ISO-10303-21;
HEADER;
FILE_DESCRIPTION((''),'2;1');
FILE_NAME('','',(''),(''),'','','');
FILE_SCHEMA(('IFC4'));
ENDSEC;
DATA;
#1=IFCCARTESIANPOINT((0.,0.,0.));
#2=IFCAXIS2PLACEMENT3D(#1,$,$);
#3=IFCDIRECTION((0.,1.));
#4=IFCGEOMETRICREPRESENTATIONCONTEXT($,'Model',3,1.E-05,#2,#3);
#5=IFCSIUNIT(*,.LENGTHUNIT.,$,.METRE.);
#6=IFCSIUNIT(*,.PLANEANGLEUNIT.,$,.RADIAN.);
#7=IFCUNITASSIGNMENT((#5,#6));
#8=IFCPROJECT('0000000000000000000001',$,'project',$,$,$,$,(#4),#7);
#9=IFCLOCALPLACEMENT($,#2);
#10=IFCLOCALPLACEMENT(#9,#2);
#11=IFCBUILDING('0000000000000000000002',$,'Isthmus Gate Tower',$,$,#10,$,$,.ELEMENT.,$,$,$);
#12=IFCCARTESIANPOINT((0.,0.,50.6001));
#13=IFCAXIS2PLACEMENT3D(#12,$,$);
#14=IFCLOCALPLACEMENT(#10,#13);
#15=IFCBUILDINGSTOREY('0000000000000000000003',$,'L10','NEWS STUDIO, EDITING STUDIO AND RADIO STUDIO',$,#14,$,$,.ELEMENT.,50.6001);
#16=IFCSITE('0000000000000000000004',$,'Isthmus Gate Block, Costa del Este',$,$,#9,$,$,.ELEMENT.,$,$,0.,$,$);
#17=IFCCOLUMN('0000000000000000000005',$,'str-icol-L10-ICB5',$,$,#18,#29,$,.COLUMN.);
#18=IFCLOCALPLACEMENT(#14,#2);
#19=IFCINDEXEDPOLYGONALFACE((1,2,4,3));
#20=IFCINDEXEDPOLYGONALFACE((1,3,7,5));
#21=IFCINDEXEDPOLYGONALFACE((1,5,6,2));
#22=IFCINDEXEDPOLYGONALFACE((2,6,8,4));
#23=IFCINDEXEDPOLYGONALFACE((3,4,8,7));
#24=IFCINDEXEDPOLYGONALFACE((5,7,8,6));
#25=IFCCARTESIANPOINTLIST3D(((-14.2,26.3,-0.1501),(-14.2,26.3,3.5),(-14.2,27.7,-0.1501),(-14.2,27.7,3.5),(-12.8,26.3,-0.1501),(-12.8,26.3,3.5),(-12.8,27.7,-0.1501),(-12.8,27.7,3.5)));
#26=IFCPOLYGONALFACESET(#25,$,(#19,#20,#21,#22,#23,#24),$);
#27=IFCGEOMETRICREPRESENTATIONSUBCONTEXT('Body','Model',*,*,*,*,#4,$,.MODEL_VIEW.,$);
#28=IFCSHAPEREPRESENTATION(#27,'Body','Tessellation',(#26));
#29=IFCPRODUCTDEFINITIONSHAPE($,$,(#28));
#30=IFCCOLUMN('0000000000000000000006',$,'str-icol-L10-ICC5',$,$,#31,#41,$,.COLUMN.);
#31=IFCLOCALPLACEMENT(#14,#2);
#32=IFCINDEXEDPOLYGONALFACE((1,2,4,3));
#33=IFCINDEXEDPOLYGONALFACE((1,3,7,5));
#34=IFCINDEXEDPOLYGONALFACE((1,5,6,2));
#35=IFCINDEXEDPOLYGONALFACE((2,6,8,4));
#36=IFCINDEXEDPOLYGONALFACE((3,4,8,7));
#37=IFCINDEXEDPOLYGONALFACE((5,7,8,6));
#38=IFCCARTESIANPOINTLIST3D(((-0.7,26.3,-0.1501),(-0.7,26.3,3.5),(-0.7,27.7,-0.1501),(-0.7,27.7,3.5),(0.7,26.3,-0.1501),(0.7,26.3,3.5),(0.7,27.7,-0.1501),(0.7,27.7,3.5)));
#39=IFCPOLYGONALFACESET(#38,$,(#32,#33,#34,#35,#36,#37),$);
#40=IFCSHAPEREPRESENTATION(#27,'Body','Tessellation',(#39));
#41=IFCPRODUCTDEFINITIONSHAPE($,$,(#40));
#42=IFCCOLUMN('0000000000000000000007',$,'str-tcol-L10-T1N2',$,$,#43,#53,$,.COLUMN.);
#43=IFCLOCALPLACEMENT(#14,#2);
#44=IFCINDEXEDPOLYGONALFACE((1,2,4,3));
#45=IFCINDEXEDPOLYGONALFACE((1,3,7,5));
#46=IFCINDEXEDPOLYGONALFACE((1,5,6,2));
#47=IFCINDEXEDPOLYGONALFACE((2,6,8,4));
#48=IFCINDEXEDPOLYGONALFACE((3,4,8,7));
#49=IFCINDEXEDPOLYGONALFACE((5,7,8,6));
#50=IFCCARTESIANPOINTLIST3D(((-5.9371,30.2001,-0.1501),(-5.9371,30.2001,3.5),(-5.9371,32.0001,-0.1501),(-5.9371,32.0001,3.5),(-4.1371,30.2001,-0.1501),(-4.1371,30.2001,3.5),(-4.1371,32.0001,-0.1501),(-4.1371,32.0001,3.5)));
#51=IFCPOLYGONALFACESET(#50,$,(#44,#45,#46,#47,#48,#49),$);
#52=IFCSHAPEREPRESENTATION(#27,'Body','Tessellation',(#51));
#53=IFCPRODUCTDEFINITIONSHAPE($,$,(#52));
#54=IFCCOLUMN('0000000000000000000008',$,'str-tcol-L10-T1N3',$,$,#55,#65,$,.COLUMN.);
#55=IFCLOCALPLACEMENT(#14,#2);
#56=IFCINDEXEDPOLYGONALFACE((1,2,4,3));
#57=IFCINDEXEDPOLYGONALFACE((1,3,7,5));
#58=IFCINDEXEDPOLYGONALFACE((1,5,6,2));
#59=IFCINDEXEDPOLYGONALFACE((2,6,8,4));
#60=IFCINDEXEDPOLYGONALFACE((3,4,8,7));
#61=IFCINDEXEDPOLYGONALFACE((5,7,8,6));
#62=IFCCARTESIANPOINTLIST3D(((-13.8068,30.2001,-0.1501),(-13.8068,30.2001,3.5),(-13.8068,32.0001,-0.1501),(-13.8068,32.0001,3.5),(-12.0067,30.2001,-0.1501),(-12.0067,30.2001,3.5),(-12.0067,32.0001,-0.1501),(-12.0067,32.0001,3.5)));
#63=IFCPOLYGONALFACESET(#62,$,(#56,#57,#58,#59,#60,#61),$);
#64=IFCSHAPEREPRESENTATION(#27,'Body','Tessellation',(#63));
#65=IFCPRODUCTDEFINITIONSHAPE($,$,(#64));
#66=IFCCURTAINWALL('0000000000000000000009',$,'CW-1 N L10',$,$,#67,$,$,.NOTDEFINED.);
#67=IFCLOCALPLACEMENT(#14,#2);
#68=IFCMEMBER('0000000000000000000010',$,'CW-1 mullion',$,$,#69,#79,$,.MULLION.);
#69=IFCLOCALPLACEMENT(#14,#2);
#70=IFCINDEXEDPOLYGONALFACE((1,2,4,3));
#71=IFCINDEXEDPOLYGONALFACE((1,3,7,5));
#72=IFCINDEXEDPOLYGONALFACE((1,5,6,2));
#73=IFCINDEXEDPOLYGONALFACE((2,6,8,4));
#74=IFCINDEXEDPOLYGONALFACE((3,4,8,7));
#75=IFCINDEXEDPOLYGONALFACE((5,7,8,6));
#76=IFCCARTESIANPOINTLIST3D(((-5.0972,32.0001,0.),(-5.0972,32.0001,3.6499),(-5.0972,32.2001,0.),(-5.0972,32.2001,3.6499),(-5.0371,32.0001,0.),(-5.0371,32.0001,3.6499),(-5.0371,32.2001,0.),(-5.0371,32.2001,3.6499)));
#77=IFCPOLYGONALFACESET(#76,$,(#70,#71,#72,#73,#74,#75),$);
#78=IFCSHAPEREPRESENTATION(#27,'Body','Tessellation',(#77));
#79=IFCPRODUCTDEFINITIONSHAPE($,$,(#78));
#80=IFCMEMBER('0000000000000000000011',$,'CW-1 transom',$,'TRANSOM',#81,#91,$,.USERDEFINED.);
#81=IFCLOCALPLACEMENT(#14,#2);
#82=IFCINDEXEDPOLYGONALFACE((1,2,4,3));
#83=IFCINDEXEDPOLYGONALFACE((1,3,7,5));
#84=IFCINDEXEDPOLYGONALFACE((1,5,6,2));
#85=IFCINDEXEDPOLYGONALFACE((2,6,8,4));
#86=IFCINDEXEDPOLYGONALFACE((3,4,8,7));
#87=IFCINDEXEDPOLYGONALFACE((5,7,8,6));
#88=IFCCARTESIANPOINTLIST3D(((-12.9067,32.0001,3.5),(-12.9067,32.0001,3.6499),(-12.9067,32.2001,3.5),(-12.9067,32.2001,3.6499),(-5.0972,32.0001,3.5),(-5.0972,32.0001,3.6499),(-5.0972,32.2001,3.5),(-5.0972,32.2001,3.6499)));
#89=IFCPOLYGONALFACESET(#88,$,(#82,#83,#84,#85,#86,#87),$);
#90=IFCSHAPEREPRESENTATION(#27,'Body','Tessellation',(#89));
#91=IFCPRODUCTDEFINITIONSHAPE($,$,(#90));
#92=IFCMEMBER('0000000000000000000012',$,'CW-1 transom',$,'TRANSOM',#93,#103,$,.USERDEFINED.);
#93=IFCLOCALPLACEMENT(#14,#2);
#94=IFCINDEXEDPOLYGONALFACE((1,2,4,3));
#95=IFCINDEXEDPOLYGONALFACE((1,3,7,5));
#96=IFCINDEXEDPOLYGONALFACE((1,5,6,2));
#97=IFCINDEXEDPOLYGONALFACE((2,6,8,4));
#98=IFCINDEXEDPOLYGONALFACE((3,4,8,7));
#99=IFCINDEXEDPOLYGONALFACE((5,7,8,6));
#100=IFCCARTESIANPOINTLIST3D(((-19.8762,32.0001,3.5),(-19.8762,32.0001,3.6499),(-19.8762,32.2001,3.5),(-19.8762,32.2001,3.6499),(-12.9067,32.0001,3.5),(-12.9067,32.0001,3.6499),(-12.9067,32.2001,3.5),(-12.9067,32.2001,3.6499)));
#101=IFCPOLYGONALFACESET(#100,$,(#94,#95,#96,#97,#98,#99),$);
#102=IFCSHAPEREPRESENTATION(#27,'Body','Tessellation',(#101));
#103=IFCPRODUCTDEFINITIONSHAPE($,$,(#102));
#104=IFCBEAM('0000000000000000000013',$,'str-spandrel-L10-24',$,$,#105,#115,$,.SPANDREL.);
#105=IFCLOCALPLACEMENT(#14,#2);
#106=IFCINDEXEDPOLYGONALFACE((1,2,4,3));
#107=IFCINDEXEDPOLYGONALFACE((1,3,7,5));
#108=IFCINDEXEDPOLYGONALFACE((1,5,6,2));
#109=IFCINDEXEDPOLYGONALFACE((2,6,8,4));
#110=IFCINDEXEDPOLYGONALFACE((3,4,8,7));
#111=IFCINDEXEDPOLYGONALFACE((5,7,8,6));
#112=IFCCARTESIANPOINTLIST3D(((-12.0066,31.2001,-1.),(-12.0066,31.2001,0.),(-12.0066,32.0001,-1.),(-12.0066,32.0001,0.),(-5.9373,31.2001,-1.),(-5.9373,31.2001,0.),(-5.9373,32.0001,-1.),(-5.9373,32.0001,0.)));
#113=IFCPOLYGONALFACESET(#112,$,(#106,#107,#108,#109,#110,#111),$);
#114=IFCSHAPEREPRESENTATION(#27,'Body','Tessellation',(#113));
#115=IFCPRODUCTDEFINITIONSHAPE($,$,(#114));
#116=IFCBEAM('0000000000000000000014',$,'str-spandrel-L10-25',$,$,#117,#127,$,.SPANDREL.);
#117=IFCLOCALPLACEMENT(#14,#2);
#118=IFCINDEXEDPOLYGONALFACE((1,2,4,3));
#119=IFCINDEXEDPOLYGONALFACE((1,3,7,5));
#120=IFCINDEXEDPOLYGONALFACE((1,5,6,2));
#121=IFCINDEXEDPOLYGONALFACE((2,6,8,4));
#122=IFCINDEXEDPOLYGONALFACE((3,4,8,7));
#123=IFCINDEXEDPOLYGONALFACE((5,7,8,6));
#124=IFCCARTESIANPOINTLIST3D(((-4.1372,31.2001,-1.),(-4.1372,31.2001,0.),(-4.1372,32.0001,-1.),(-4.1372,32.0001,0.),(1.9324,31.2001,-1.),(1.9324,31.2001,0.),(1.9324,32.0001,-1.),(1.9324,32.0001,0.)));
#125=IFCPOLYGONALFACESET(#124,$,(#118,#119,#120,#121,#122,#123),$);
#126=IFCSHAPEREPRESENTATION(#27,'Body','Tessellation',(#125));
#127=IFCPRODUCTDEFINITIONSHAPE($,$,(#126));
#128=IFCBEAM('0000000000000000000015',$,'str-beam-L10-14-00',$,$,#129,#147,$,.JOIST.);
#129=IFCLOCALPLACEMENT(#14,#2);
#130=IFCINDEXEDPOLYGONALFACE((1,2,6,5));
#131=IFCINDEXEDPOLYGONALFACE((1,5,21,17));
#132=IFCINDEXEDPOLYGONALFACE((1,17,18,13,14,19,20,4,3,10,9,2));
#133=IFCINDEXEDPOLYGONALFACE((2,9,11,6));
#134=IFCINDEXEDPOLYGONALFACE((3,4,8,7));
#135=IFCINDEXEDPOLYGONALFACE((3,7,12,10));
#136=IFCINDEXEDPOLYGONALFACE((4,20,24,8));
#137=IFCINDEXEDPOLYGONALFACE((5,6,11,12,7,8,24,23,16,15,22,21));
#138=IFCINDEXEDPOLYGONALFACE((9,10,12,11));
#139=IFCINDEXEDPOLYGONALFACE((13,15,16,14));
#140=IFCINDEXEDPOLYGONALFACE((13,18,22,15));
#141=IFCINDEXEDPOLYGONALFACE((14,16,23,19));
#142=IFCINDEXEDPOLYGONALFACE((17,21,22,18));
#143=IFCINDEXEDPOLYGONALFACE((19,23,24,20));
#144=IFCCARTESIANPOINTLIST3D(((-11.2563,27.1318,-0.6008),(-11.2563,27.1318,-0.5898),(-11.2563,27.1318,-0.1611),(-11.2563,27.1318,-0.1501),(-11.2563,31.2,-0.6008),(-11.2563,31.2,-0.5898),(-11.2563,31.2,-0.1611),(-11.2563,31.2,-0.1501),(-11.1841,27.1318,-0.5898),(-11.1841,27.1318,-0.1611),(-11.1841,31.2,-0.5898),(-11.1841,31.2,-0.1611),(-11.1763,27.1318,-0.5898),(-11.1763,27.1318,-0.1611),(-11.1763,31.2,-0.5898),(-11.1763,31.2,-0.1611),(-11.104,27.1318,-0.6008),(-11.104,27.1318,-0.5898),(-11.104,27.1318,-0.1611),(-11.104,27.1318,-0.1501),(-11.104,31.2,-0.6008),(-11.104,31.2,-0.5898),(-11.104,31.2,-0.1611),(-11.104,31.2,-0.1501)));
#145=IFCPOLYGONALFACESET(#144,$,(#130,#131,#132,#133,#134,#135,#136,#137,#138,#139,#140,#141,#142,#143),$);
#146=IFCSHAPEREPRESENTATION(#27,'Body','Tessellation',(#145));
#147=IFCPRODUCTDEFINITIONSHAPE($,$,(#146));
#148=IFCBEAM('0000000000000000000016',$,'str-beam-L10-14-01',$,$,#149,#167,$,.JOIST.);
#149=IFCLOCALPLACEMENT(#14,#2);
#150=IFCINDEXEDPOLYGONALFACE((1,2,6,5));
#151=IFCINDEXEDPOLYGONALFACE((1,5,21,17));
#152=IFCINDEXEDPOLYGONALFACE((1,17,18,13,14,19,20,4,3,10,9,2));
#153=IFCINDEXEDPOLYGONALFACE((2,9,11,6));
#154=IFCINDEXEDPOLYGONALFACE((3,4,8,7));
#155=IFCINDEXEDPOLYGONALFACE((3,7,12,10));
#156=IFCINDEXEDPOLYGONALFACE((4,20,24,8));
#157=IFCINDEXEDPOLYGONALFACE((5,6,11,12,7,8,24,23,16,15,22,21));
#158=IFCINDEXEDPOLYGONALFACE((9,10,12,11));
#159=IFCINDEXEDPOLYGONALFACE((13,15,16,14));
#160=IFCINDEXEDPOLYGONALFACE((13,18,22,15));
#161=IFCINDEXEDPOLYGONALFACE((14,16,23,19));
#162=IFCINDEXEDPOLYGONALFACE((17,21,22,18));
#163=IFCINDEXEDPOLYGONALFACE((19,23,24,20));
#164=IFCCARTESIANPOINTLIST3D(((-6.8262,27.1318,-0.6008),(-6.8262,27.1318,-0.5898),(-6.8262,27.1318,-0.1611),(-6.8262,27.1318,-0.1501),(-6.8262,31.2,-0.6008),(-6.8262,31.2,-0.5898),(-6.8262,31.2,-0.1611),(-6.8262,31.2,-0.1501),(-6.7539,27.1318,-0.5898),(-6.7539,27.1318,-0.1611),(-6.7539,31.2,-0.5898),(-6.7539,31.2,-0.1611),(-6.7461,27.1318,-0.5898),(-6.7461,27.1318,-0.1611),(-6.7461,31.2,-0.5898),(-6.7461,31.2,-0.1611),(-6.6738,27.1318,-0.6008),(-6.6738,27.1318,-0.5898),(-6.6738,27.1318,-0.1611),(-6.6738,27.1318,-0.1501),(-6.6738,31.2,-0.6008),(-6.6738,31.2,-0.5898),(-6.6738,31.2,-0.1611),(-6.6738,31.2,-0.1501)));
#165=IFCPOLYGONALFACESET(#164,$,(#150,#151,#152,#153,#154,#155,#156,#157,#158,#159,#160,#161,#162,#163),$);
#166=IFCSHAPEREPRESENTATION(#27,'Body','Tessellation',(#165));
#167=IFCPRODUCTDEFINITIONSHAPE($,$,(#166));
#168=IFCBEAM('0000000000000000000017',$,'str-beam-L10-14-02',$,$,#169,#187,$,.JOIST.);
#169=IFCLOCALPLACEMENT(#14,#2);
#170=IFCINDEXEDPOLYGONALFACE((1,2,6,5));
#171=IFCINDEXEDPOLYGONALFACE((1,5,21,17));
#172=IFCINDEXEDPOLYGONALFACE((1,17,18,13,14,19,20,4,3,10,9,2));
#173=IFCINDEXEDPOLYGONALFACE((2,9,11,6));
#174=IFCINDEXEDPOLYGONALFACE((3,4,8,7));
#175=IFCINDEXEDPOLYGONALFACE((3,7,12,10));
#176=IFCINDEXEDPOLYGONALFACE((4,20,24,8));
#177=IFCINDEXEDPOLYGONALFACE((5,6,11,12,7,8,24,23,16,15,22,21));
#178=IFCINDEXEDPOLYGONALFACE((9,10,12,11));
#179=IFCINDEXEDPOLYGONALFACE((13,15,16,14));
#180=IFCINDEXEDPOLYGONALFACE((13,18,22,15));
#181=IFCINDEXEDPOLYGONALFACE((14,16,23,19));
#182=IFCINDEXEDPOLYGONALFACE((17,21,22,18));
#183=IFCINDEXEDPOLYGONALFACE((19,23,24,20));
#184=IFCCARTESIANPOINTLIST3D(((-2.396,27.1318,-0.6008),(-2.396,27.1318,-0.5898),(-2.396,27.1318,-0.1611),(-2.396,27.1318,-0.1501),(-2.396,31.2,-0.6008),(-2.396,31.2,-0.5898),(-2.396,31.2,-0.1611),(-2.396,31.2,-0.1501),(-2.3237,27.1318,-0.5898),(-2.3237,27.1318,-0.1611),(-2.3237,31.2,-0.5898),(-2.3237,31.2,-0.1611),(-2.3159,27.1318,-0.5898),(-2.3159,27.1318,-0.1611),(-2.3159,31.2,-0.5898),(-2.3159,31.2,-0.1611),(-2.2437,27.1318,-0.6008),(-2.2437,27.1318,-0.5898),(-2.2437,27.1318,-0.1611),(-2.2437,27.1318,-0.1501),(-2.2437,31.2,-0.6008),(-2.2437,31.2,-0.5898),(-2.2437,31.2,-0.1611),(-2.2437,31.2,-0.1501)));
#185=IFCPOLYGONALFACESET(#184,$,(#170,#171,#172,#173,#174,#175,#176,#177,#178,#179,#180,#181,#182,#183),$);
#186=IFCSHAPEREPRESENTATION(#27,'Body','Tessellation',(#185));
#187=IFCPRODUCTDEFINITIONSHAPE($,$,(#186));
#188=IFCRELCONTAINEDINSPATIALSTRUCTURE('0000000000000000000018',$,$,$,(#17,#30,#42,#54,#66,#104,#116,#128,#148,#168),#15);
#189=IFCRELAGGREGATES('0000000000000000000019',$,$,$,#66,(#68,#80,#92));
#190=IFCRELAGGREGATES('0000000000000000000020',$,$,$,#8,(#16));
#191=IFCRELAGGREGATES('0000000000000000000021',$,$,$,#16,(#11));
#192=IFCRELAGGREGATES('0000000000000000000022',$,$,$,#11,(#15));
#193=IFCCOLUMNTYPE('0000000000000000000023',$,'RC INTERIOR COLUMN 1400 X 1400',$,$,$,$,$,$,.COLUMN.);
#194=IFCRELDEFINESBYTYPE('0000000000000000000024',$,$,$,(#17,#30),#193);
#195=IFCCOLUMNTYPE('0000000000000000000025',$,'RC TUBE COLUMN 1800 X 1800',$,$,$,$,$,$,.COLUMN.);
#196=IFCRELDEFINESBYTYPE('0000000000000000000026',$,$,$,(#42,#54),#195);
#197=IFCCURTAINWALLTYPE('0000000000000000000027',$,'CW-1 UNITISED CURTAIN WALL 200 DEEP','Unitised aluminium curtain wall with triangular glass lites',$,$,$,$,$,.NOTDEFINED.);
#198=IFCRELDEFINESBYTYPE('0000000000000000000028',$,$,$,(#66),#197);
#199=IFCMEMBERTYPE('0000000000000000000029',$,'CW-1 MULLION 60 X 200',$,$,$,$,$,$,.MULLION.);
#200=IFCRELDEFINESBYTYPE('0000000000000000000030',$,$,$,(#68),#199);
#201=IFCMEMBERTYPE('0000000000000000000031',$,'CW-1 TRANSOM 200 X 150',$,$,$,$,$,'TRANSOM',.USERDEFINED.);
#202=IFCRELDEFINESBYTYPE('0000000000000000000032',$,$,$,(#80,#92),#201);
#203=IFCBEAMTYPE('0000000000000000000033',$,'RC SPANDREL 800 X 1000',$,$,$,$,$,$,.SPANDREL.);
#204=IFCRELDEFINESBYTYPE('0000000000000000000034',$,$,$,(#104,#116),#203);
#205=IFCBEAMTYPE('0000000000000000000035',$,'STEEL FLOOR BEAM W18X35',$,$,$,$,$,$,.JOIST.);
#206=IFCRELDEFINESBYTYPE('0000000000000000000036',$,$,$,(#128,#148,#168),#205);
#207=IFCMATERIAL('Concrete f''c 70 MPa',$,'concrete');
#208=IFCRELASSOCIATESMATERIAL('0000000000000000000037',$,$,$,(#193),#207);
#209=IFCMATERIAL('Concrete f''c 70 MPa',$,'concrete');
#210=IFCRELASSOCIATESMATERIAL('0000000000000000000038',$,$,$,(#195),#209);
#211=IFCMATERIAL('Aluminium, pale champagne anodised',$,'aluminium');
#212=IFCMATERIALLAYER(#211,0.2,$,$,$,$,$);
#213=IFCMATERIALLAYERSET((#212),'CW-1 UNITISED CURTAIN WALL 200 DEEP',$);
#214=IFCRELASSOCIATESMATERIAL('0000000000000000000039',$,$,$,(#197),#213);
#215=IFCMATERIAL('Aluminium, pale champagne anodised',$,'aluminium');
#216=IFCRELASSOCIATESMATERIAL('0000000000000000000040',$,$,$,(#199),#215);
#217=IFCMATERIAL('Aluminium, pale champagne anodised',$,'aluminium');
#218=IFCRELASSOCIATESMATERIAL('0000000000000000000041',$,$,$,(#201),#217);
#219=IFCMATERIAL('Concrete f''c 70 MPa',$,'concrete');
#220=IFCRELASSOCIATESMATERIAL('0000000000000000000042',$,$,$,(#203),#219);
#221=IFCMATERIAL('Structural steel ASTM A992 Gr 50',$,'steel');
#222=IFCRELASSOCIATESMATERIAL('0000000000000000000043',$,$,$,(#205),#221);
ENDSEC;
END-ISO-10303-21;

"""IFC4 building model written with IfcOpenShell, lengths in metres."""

from ifc_helpers import new_model, si_unit, direction, frame, origin, origin_2d, place, context, subcontext, project, spatial, rectangle, i_section, extrude, material, layer, layer_set, material_profile, profile_set, type_object, element, aggregate, save


model = new_model("IFC4")

# Units and contexts
model_context = context("Model", 3, precision=1e-05, world=origin(), true_north=direction((0.0, 1.0)))
body_context = subcontext(model_context, "Body", "Model", "MODEL_VIEW")
ifc_project = project(units=[si_unit("LENGTHUNIT", "METRE"), si_unit("PLANEANGLEUNIT", "RADIAN")], contexts=[model_context])

# Site, building, storey
site_placement = place(None, origin())
site = spatial("IfcSite", under=ifc_project, at=site_placement, Name="Isthmus Gate Block, Costa del Este", CompositionType="ELEMENT", RefElevation=0.0)
building_placement = place(site_placement, origin())
building = spatial("IfcBuilding", under=site, at=building_placement, Name="Isthmus Gate Tower", CompositionType="ELEMENT")
storey_placement = place(building_placement, frame((0.0, 0.0, 50.6001)))
storey = spatial("IfcBuildingStorey", under=building, at=storey_placement, Name="L10", Description="NEWS STUDIO, EDITING STUDIO AND RADIO STUDIO", CompositionType="ELEMENT", Elevation=50.6001)

# Columns
ifc_material_1 = material(Name="Concrete f'c 70 MPa", Category="concrete")
ifc_material_profile_1 = material_profile(ifc_material_1, rectangle(XDim=1.3999, YDim=1.3999, at=origin_2d()), Name="RC 1400X1400")
ifc_profile_set_1 = profile_set([ifc_material_profile_1], Name="Concrete f'c 70 MPa")
column_type_1 = type_object("IfcColumnType", Name="RC INTERIOR COLUMN 1400 X 1400", PredefinedType="COLUMN", material=ifc_profile_set_1)
for number, where, z_axis, x_axis, name in (
    (1, (-13.5, 27.0, -0.1501), (0.0, 0.0, 1.0), (1.0, 0.0, 0.0), "str-icol-L10-ICB5"),
    (2, (0.0, 27.0, -0.1501), (0.0, 0.0, 1.0), (1.0, 0.0, 0.0), "str-icol-L10-ICC5"),
):
    element("IfcColumn", number, at=place(storey_placement, frame(where, z_axis=z_axis, x_axis=x_axis)), inside=storey, type_object=column_type_1, Name=name, PredefinedType="COLUMN", context=body_context, shape_type="SweptSolid", body=[
        extrude(rectangle(XDim=1.3999, YDim=1.3999, at=origin_2d()), origin(), (0.0, 0.0, 1.0), 3.6501),
    ])
ifc_material_2 = material(Name="Concrete f'c 70 MPa", Category="concrete")
ifc_material_profile_2 = material_profile(ifc_material_2, rectangle(XDim=1.8, YDim=1.8, at=origin_2d()), Name="RC 1800X1800")
ifc_profile_set_2 = profile_set([ifc_material_profile_2], Name="Concrete f'c 70 MPa")
column_type_2 = type_object("IfcColumnType", Name="RC TUBE COLUMN 1800 X 1800", PredefinedType="COLUMN", material=ifc_profile_set_2)
for number, where, z_axis, x_axis, name in (
    (3, (-5.0371, 31.1001, -0.1501), (0.0, 0.0, 1.0), (-1.0, 0.0, 0.0), "str-tcol-L10-T1N2"),
    (4, (-12.9067, 31.1001, -0.1501), (0.0, 0.0, 1.0), (-1.0, 0.0, 0.0), "str-tcol-L10-T1N3"),
):
    element("IfcColumn", number, at=place(storey_placement, frame(where, z_axis=z_axis, x_axis=x_axis)), inside=storey, type_object=column_type_2, Name=name, PredefinedType="COLUMN", context=body_context, shape_type="SweptSolid", body=[
        extrude(rectangle(XDim=1.8, YDim=1.8, at=origin_2d()), origin(), (0.0, 0.0, 1.0), 3.6501),
    ])

# Curtain wall, members
ifc_material_3 = material(Name="Aluminium, pale champagne anodised", Category="aluminium")
ifc_layer_1 = layer(ifc_material_3, 0.2)
ifc_layer_set_1 = layer_set([ifc_layer_1], Name="CW-1 UNITISED CURTAIN WALL 200 DEEP")
curtain_wall_type = type_object("IfcCurtainWallType", Name="CW-1 UNITISED CURTAIN WALL 200 DEEP", Description="Unitised aluminium curtain wall with triangular glass lites", PredefinedType="NOTDEFINED", material=ifc_layer_set_1)
curtain_wall_placement = place(storey_placement, origin())
curtain_wall = element("IfcCurtainWall", 5, at=curtain_wall_placement, inside=storey, type_object=curtain_wall_type, Name="CW-1 N L10", PredefinedType="NOTDEFINED")
ifc_material_4 = material(Name="Aluminium, pale champagne anodised", Category="aluminium")
ifc_material_profile_3 = material_profile(ifc_material_4, rectangle(XDim=0.0601, YDim=0.2, at=origin_2d()), Name="60x200")
ifc_profile_set_3 = profile_set([ifc_material_profile_3], Name="Aluminium, pale champagne anodised")
member_type_1 = type_object("IfcMemberType", Name="CW-1 MULLION 60 X 200", PredefinedType="MULLION", material=ifc_profile_set_3)
member_1_placement = place(storey_placement, frame((-5.0671, 32.1001, 0.0), z_axis=(0.0, 0.0, 1.0), x_axis=(-1.0, 0.0, 0.0)))
member_1 = element("IfcMember", 6, at=member_1_placement, type_object=member_type_1, Name="CW-1 mullion", PredefinedType="MULLION", context=body_context, shape_type="SweptSolid", body=[
    extrude(rectangle(XDim=0.0601, YDim=0.2, at=origin_2d()), origin(), (0.0, 0.0, 1.0), 3.6499),
])
ifc_material_5 = material(Name="Aluminium, pale champagne anodised", Category="aluminium")
ifc_material_profile_4 = material_profile(ifc_material_5, rectangle(XDim=0.2, YDim=0.1499, at=origin_2d()), Name="200x150")
ifc_profile_set_4 = profile_set([ifc_material_profile_4], Name="Aluminium, pale champagne anodised")
member_type_2 = type_object("IfcMemberType", Name="CW-1 TRANSOM 200 X 150", ElementType="TRANSOM", PredefinedType="USERDEFINED", material=ifc_profile_set_4)
member_2_placement = place(storey_placement, frame((-5.0972, 32.1001, 3.575), z_axis=(-1.0, 0.0, 0.0), x_axis=(0.0, -1.0, 0.0)))
member_2 = element("IfcMember", 7, at=member_2_placement, type_object=member_type_2, Name="CW-1 transom", ObjectType="TRANSOM", PredefinedType="USERDEFINED", context=body_context, shape_type="SweptSolid", body=[
    extrude(rectangle(XDim=0.2, YDim=0.1499, at=origin_2d()), origin(), (0.0, 0.0, 1.0), 7.8096),
])
member_3_placement = place(storey_placement, frame((-12.9067, 32.1001, 3.575), z_axis=(-1.0, 0.0, 0.0), x_axis=(0.0, -1.0, 0.0)))
member_3 = element("IfcMember", 8, at=member_3_placement, type_object=member_type_2, Name="CW-1 transom", ObjectType="TRANSOM", PredefinedType="USERDEFINED", context=body_context, shape_type="SweptSolid", body=[
    extrude(rectangle(XDim=0.2, YDim=0.1499, at=origin_2d()), origin(), (0.0, 0.0, 1.0), 6.9695),
])

# Beams
ifc_material_6 = material(Name="Concrete f'c 70 MPa", Category="concrete")
ifc_material_profile_5 = material_profile(ifc_material_6, rectangle(XDim=0.8, YDim=1.0, at=origin_2d()), Name="RC 800X1000")
ifc_profile_set_5 = profile_set([ifc_material_profile_5], Name="Concrete f'c 70 MPa")
beam_type_1 = type_object("IfcBeamType", Name="RC SPANDREL 800 X 1000", PredefinedType="SPANDREL", material=ifc_profile_set_5)
beam_1_placement = place(storey_placement, frame((-12.0066, 31.6001, -0.5), z_axis=(1.0, 0.0, 0.0), x_axis=(0.0, 1.0, 0.0)))
element("IfcBeam", 9, at=beam_1_placement, inside=storey, type_object=beam_type_1, Name="str-spandrel-L10-24", PredefinedType="SPANDREL", context=body_context, shape_type="SweptSolid", body=[
    extrude(rectangle(XDim=0.8, YDim=1.0, at=origin_2d()), origin(), (0.0, 0.0, 1.0), 6.0693),
])
beam_2_placement = place(storey_placement, frame((-4.1372, 31.6001, -0.5), z_axis=(1.0, 0.0, 0.0), x_axis=(0.0, 1.0, 0.0)))
element("IfcBeam", 10, at=beam_2_placement, inside=storey, type_object=beam_type_1, Name="str-spandrel-L10-25", PredefinedType="SPANDREL", context=body_context, shape_type="SweptSolid", body=[
    extrude(rectangle(XDim=0.8, YDim=1.0, at=origin_2d()), origin(), (0.0, 0.0, 1.0), 6.0696),
])
ifc_material_7 = material(Name="Structural steel ASTM A992 Gr 50", Category="steel")
ifc_material_profile_6 = material_profile(ifc_material_7, i_section(OverallWidth=0.1523, OverallDepth=0.4507, WebThickness=0.0078, FlangeThickness=0.011, at=origin_2d()), Name="W18X35")
ifc_profile_set_6 = profile_set([ifc_material_profile_6], Name="Structural steel ASTM A992 Gr 50")
beam_type_2 = type_object("IfcBeamType", Name="STEEL FLOOR BEAM W18X35", PredefinedType="JOIST", material=ifc_profile_set_6)
for number, where, z_axis, x_axis, name in (
    (11, (-11.1802, 27.1318, -0.3755), (0.0, 1.0, 0.0), (-1.0, 0.0, 0.0), "str-beam-L10-14-00"),
    (12, (-6.75, 27.1318, -0.3755), (0.0, 1.0, 0.0), (-1.0, 0.0, 0.0), "str-beam-L10-14-01"),
    (13, (-2.3198, 27.1318, -0.3755), (0.0, 1.0, 0.0), (-1.0, 0.0, 0.0), "str-beam-L10-14-02"),
):
    element("IfcBeam", number, at=place(storey_placement, frame(where, z_axis=z_axis, x_axis=x_axis)), inside=storey, type_object=beam_type_2, Name=name, PredefinedType="JOIST", context=body_context, shape_type="SweptSolid", body=[
        extrude(i_section(OverallWidth=0.1523, OverallDepth=0.4507, WebThickness=0.0078, FlangeThickness=0.011, at=origin_2d()), origin(), (0.0, 0.0, 1.0), 4.0681),
    ])

aggregate(curtain_wall, [member_1, member_2, member_3])

save(model, "model.ifc")
